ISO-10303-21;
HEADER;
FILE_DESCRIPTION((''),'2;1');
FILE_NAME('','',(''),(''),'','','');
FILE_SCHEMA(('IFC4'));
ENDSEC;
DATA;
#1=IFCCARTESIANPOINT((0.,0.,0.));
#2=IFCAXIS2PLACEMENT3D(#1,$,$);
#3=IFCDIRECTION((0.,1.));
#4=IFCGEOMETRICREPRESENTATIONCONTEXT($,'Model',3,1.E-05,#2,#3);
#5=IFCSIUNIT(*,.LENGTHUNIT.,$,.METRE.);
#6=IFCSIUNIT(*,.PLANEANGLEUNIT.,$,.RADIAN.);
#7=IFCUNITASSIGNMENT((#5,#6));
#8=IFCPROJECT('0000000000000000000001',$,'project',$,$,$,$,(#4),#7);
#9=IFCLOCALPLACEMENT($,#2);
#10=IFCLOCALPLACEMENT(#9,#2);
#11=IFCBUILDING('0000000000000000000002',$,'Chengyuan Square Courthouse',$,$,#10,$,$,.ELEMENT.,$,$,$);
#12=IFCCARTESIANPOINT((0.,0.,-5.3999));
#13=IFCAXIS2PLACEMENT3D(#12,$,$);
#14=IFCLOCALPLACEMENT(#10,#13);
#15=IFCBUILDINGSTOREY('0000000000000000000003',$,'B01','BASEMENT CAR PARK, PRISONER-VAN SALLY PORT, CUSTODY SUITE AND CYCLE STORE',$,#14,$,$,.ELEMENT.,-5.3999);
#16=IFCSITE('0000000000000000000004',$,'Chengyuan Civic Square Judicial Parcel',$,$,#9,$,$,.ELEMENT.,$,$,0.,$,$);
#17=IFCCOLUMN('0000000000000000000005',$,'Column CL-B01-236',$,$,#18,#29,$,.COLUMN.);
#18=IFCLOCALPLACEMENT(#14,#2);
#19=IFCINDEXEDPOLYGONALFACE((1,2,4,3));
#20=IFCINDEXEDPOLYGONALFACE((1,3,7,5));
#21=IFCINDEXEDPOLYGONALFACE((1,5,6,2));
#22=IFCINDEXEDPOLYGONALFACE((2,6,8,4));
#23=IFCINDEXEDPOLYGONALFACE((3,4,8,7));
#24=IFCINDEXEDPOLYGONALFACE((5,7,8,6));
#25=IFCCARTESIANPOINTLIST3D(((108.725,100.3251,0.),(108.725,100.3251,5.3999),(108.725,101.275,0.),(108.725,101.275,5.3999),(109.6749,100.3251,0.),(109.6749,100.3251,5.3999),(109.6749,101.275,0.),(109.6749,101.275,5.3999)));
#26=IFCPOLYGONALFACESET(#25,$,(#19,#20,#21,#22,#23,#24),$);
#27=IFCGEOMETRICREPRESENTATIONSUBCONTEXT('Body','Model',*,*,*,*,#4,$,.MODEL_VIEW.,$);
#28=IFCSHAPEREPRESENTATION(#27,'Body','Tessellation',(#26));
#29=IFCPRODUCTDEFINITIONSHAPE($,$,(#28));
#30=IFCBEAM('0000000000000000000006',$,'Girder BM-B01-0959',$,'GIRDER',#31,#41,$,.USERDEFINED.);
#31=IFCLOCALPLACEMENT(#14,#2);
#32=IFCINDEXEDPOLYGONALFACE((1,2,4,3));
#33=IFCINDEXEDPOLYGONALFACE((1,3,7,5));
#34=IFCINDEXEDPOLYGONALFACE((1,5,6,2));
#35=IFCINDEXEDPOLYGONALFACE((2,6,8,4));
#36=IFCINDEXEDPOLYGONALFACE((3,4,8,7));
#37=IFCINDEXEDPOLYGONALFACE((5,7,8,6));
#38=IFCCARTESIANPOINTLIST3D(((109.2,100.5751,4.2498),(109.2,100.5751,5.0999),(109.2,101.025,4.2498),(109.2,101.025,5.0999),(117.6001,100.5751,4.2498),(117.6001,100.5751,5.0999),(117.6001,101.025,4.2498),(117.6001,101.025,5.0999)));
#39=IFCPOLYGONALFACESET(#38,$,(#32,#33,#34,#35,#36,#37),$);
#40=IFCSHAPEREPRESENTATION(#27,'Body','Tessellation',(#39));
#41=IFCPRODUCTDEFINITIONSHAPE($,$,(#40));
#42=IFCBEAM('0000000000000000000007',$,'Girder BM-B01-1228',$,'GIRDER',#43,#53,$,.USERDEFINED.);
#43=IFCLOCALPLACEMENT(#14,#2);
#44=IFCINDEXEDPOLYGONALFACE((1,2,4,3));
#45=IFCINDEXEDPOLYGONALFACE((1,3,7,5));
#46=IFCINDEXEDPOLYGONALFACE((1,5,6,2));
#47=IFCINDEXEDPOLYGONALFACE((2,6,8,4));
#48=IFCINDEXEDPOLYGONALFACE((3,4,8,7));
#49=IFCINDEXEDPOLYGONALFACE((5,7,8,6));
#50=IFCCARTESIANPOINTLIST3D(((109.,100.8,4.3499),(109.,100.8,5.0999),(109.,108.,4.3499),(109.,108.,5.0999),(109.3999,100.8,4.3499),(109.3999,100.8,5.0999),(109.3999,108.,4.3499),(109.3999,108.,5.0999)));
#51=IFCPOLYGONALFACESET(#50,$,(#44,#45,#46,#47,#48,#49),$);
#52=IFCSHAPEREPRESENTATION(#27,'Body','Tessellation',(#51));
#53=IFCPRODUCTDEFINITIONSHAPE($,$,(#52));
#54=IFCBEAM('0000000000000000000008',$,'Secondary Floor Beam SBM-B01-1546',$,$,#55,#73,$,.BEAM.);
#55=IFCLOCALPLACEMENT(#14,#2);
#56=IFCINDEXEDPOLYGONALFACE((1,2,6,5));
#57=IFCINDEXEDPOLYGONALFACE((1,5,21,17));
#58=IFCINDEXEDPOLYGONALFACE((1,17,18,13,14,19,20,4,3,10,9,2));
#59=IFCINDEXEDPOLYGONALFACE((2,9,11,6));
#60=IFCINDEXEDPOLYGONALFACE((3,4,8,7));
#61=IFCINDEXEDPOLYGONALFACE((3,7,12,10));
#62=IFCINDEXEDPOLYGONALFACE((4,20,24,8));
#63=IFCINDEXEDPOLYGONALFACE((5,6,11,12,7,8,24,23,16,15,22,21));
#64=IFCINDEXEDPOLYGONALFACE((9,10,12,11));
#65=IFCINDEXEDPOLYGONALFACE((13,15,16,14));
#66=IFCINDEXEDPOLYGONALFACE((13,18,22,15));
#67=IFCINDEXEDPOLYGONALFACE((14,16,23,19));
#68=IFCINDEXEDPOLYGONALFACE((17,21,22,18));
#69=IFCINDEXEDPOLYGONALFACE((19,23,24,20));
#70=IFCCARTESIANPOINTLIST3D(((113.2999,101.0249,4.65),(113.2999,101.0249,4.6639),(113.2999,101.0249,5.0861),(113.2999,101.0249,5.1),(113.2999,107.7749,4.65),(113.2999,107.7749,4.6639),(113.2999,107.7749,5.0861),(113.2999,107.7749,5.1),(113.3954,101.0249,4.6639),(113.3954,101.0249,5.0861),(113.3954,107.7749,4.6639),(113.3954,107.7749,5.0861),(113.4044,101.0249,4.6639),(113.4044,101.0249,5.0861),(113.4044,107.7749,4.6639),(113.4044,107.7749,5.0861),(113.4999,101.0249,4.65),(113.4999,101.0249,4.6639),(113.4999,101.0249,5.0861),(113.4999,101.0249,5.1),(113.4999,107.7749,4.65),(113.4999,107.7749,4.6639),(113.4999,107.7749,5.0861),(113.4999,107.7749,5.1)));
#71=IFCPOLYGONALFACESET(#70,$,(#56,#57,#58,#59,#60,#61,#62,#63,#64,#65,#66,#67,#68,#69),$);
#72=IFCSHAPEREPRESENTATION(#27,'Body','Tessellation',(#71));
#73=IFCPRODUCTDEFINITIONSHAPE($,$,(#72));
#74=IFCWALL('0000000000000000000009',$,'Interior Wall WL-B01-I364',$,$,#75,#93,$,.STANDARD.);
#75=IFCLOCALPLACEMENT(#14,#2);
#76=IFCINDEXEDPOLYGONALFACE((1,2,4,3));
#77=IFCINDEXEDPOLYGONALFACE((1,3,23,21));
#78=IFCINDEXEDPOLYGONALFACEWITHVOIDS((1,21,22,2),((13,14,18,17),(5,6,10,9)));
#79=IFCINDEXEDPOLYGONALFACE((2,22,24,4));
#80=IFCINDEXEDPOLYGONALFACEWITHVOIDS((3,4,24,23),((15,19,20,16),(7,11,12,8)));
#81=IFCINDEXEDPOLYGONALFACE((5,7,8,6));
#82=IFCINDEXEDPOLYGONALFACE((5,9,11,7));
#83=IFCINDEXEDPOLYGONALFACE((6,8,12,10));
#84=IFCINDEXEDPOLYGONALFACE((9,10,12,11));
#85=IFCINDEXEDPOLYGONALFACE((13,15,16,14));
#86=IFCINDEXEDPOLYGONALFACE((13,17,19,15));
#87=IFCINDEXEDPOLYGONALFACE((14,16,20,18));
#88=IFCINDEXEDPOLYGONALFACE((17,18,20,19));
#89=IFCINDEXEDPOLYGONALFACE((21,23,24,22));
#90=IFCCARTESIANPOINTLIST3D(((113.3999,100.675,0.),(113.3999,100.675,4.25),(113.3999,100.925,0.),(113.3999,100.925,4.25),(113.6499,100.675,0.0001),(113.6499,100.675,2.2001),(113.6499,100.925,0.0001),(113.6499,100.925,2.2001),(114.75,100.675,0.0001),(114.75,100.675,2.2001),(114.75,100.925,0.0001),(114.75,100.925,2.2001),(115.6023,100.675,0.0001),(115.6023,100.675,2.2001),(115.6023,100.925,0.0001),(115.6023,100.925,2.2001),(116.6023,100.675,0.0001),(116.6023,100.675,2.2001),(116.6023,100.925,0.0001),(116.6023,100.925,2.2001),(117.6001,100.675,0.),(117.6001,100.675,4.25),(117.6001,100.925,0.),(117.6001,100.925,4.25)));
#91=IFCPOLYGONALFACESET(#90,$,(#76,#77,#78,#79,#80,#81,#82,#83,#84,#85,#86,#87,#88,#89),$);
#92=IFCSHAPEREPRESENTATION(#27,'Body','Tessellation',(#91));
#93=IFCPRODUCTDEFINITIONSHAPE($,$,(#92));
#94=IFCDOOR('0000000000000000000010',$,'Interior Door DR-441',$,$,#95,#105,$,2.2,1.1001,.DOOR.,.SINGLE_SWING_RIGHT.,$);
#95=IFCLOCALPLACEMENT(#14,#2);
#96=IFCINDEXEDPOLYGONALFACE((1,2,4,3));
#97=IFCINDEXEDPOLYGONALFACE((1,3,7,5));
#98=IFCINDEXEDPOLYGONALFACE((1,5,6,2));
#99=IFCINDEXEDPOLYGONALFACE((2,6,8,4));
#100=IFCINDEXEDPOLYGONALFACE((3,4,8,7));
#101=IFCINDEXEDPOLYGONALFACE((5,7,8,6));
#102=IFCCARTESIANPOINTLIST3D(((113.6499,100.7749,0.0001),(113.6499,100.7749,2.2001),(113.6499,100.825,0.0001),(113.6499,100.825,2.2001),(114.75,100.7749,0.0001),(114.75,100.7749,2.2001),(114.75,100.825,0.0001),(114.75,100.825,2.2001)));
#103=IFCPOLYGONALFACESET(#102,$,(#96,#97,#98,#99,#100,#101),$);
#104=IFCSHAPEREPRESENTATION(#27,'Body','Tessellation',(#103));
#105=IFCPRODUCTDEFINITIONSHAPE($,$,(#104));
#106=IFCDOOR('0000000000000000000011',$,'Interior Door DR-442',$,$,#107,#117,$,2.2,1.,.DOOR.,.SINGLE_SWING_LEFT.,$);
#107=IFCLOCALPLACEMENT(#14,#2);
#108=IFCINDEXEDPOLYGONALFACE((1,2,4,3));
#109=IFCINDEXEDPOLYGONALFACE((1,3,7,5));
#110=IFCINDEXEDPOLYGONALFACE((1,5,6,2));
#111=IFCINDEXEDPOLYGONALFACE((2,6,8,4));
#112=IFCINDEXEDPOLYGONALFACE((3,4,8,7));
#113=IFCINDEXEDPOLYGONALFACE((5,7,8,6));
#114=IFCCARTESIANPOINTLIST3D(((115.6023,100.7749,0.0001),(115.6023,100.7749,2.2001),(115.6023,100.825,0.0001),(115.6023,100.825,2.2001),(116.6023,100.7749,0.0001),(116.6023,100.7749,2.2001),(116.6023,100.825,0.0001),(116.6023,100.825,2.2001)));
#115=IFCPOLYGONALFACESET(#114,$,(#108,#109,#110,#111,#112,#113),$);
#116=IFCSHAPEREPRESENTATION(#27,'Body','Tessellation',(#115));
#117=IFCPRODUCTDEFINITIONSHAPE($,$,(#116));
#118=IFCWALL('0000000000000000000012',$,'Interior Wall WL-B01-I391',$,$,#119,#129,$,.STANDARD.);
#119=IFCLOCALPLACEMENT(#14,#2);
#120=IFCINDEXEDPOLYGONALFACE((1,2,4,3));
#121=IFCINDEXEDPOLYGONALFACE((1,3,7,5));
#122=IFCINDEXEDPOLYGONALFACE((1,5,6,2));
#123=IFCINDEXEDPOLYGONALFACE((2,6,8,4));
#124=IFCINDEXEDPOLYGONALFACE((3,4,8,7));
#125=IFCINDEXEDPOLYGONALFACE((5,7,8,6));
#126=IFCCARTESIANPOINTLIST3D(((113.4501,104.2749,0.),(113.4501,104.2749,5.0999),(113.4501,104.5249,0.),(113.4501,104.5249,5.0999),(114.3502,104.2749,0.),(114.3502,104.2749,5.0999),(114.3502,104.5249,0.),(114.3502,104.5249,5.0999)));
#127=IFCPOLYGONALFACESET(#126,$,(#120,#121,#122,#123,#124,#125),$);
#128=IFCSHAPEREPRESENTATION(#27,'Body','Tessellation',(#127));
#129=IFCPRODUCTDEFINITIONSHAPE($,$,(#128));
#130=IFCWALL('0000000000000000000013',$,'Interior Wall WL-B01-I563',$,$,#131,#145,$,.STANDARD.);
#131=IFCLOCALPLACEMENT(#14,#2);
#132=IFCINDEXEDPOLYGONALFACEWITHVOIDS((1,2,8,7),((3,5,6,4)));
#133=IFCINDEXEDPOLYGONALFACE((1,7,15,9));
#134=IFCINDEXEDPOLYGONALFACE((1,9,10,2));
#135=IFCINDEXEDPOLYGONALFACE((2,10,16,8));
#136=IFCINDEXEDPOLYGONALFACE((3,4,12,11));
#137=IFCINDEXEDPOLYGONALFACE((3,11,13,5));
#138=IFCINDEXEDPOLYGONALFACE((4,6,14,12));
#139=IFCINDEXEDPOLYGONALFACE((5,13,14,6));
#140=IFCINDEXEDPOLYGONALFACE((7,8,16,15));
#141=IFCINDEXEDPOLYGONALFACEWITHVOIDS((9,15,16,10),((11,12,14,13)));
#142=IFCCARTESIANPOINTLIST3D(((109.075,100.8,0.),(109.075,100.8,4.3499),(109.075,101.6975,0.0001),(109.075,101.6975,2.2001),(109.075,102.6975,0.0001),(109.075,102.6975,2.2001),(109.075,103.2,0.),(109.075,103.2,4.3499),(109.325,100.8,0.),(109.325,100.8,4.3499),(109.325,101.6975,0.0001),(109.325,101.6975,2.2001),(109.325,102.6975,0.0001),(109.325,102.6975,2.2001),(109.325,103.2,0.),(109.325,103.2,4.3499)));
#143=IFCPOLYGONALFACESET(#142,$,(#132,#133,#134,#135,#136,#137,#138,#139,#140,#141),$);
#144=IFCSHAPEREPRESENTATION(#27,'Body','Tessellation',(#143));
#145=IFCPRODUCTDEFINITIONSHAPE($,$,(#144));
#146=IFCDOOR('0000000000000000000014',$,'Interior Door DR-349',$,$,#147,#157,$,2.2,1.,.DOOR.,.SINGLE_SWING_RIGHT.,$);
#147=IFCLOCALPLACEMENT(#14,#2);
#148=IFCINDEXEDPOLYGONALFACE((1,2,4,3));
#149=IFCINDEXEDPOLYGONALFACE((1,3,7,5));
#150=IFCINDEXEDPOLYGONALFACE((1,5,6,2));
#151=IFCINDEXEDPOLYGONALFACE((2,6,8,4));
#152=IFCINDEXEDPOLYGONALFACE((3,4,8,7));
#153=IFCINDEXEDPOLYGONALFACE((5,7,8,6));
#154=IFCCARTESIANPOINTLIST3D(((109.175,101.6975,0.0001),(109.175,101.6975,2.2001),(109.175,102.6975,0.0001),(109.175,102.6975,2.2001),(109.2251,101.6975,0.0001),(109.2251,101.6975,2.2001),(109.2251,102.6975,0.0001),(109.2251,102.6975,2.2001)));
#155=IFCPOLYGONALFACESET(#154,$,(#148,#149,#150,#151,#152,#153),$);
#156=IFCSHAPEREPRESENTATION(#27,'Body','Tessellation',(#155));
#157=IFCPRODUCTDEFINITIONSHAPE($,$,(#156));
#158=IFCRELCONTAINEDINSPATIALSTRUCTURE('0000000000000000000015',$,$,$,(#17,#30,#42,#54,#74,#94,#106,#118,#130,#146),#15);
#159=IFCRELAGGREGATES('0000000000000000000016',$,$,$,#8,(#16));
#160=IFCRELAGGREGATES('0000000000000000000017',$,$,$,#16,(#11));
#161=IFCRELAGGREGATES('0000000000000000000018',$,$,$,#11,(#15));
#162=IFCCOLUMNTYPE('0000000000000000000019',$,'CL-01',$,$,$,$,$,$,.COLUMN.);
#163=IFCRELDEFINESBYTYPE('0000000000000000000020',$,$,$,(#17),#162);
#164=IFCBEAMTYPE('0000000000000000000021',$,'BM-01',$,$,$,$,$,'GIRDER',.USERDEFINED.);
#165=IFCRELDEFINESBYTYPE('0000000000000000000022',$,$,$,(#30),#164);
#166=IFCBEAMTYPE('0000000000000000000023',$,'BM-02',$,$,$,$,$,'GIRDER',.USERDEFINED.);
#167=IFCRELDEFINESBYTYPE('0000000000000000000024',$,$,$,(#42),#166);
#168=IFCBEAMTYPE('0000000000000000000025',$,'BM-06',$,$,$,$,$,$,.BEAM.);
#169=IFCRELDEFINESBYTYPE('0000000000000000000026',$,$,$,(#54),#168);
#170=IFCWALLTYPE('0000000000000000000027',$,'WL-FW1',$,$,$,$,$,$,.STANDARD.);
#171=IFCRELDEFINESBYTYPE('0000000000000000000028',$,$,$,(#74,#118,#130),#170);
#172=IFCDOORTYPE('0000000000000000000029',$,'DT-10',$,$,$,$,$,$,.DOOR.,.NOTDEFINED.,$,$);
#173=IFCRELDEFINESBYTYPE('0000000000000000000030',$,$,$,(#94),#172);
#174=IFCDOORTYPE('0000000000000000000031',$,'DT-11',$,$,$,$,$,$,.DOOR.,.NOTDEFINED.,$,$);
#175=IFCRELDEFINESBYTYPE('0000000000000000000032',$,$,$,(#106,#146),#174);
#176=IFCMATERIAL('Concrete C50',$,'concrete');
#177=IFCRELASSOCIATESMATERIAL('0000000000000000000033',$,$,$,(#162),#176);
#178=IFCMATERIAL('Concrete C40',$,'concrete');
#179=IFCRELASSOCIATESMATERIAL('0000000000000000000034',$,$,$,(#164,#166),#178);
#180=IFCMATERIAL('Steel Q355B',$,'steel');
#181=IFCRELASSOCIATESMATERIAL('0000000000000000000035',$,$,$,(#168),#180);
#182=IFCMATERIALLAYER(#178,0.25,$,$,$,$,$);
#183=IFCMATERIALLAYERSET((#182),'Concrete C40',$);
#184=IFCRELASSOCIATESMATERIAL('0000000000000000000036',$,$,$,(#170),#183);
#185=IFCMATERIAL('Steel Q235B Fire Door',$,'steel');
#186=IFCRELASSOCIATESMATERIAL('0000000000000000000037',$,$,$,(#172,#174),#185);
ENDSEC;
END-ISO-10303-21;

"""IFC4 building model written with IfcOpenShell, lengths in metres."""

from ifc_helpers import new_model, si_unit, direction, frame, frame_2d, origin, origin_2d, place, context, subcontext, project, spatial, rectangle, i_section, extrude, material, layer, layer_set, material_profile, profile_set, type_object, element, fill, save


model = new_model("IFC4")

# Units and contexts
model_context = context("Model", 3, precision=1e-05, world=origin(), true_north=direction((0.0, 1.0)))
body_context = subcontext(model_context, "Body", "Model", "MODEL_VIEW")
ifc_project = project(units=[si_unit("LENGTHUNIT", "METRE"), si_unit("PLANEANGLEUNIT", "RADIAN")], contexts=[model_context])

# Site, building, storey
site_placement = place(None, origin())
site = spatial("IfcSite", under=ifc_project, at=site_placement, Name="Chengyuan Civic Square Judicial Parcel", CompositionType="ELEMENT", RefElevation=0.0)
building_placement = place(site_placement, origin())
building = spatial("IfcBuilding", under=site, at=building_placement, Name="Chengyuan Square Courthouse", CompositionType="ELEMENT")
storey_placement = place(building_placement, frame((0.0, 0.0, -5.3999)))
storey = spatial("IfcBuildingStorey", under=building, at=storey_placement, Name="B01", Description="BASEMENT CAR PARK, PRISONER-VAN SALLY PORT, CUSTODY SUITE AND CYCLE STORE", CompositionType="ELEMENT", Elevation=-5.3999)

# Column
ifc_material_1 = material(Name="Concrete C50", Category="concrete")
ifc_material_profile_1 = material_profile(ifc_material_1, rectangle(XDim=0.95, YDim=0.95, at=origin_2d()), Name="RC-COL-950x950")
ifc_profile_set_1 = profile_set([ifc_material_profile_1], Name="Concrete C50")
column_type = type_object("IfcColumnType", Name="CL-01", PredefinedType="COLUMN", material=ifc_profile_set_1)
column_placement = place(storey_placement, frame((109.2, 100.8, 0.0), z_axis=(0.0, 0.0, 1.0), x_axis=(1.0, 0.0, 0.0)))
element("IfcColumn", 1, at=column_placement, inside=storey, type_object=column_type, Name="Column CL-B01-236", PredefinedType="COLUMN", context=body_context, shape_type="SweptSolid", body=[
    extrude(rectangle(XDim=0.95, YDim=0.95, at=origin_2d()), origin(), (0.0, 0.0, 1.0), 5.3999),
])

# Beams
ifc_material_2 = material(Name="Concrete C40", Category="concrete")
ifc_material_profile_2 = material_profile(ifc_material_2, rectangle(XDim=0.45, YDim=0.8501, at=origin_2d()), Name="RC-BM-450x850")
ifc_profile_set_2 = profile_set([ifc_material_profile_2], Name="Concrete C40")
beam_type_1 = type_object("IfcBeamType", Name="BM-01", ElementType="GIRDER", PredefinedType="USERDEFINED", material=ifc_profile_set_2)
beam_1_placement = place(storey_placement, frame((109.2, 100.8, 4.6748), z_axis=(1.0, 0.0, 0.0), x_axis=(0.0, 1.0, 0.0)))
element("IfcBeam", 2, at=beam_1_placement, inside=storey, type_object=beam_type_1, Name="Girder BM-B01-0959", ObjectType="GIRDER", PredefinedType="USERDEFINED", context=body_context, shape_type="SweptSolid", body=[
    extrude(rectangle(XDim=0.45, YDim=0.8501, at=origin_2d()), origin(), (0.0, 0.0, 1.0), 8.4001),
])
ifc_material_profile_3 = material_profile(ifc_material_2, rectangle(XDim=0.3999, YDim=0.75, at=origin_2d()), Name="RC-BM-400x750")
ifc_profile_set_3 = profile_set([ifc_material_profile_3], Name="Concrete C40")
beam_type_2 = type_object("IfcBeamType", Name="BM-02", ElementType="GIRDER", PredefinedType="USERDEFINED", material=ifc_profile_set_3)
beam_2_placement = place(storey_placement, frame((109.2, 100.8, 4.7249), z_axis=(0.0, 1.0, 0.0), x_axis=(-1.0, 0.0, 0.0)))
element("IfcBeam", 3, at=beam_2_placement, inside=storey, type_object=beam_type_2, Name="Girder BM-B01-1228", ObjectType="GIRDER", PredefinedType="USERDEFINED", context=body_context, shape_type="SweptSolid", body=[
    extrude(rectangle(XDim=0.3999, YDim=0.75, at=origin_2d()), origin(), (0.0, 0.0, 1.0), 7.2),
])
ifc_material_3 = material(Name="Steel Q355B", Category="steel")
ifc_material_profile_4 = material_profile(ifc_material_3, i_section(OverallWidth=0.2, OverallDepth=0.45, WebThickness=0.009, FlangeThickness=0.0139, at=origin_2d()), Name="HN 450x200x9x14")
ifc_profile_set_4 = profile_set([ifc_material_profile_4], Name="Steel Q355B")
beam_type_3 = type_object("IfcBeamType", Name="BM-06", PredefinedType="BEAM", material=ifc_profile_set_4)
beam_3_placement = place(storey_placement, frame((113.3999, 101.0249, 4.875), z_axis=(0.0, 1.0, 0.0), x_axis=(-1.0, 0.0, 0.0)))
element("IfcBeam", 4, at=beam_3_placement, inside=storey, type_object=beam_type_3, Name="Secondary Floor Beam SBM-B01-1546", PredefinedType="BEAM", context=body_context, shape_type="SweptSolid", body=[
    extrude(i_section(OverallWidth=0.2, OverallDepth=0.45, WebThickness=0.009, FlangeThickness=0.0139, at=origin_2d()), origin(), (0.0, 0.0, 1.0), 6.75),
])

# Wall, openings, doors
ifc_layer_1 = layer(ifc_material_2, 0.25)
ifc_layer_set_1 = layer_set([ifc_layer_1], Name="Concrete C40")
wall_type_1 = type_object("IfcWallType", Name="WL-FW1", PredefinedType="STANDARD", material=ifc_layer_set_1)
wall_1_placement = place(storey_placement, frame((113.3999, 100.8, 0.0), z_axis=(0.0, 0.0, 1.0), x_axis=(1.0, 0.0, 0.0)))
wall_1 = element("IfcWall", 5, at=wall_1_placement, inside=storey, type_object=wall_type_1, Name="Interior Wall WL-B01-I364", PredefinedType="STANDARD", context=body_context, shape_type="SweptSolid", body=[
    extrude(rectangle(XDim=4.2002, YDim=0.25, at=frame_2d((2.1001, 0.0))), origin(), (0.0, 0.0, 1.0), 4.25),
])
opening_1_placement = place(wall_1_placement, frame((0.25, 0.0, 0.0)))
opening_1 = element("IfcOpeningElement", 6, at=opening_1_placement, cuts=wall_1, PredefinedType="OPENING", context=body_context, shape_type="SweptSolid", body=[
    extrude(rectangle(XDim=1.1001, YDim=2.2, at=frame_2d((0.55, 1.1001))), frame((0.0, 0.137, 0.0), z_axis=(0.0, -1.0, 0.0), x_axis=(1.0, 0.0, 0.0)), (0.0, 0.0, 1.0), 0.2739),
])
opening_2_placement = place(wall_1_placement, frame((2.2024, 0.0, 0.0)))
opening_2 = element("IfcOpeningElement", 7, at=opening_2_placement, cuts=wall_1, PredefinedType="OPENING", context=body_context, shape_type="SweptSolid", body=[
    extrude(rectangle(XDim=1.0, YDim=2.2, at=frame_2d((0.5, 1.1001))), frame((0.0, 0.137, 0.0), z_axis=(0.0, -1.0, 0.0), x_axis=(1.0, 0.0, 0.0)), (0.0, 0.0, 1.0), 0.2739),
])
ifc_material_4 = material(Name="Steel Q235B Fire Door", Category="steel")
door_type_1 = type_object("IfcDoorType", Name="DT-10", OperationType="NOTDEFINED", PredefinedType="DOOR", material=ifc_material_4)
door_1_placement = place(opening_1_placement, origin())
door_1 = element("IfcDoor", 8, at=door_1_placement, inside=storey, type_object=door_type_1, Name="Interior Door DR-441", OperationType="SINGLE_SWING_RIGHT", OverallHeight=2.2, OverallWidth=1.1001, PredefinedType="DOOR", context=body_context, shape_type="SweptSolid", body=[
    extrude(rectangle(XDim=1.1001, YDim=2.2, at=frame_2d((0.55, 1.1001))), frame((0.0, 0.0249, 0.0), z_axis=(0.0, -1.0, 0.0), x_axis=(1.0, 0.0, 0.0)), (0.0, 0.0, 1.0), 0.05),
])
fill(opening_1, door_1)
door_type_2 = type_object("IfcDoorType", Name="DT-11", OperationType="NOTDEFINED", PredefinedType="DOOR", material=ifc_material_4)
door_2_placement = place(opening_2_placement, origin())
door_2 = element("IfcDoor", 9, at=door_2_placement, inside=storey, type_object=door_type_2, Name="Interior Door DR-442", OperationType="SINGLE_SWING_LEFT", OverallHeight=2.2, OverallWidth=1.0, PredefinedType="DOOR", context=body_context, shape_type="SweptSolid", body=[
    extrude(rectangle(XDim=1.0, YDim=2.2, at=frame_2d((0.5, 1.1001))), frame((0.0, 0.0249, 0.0), z_axis=(0.0, -1.0, 0.0), x_axis=(1.0, 0.0, 0.0)), (0.0, 0.0, 1.0), 0.05),
])
fill(opening_2, door_2)

# Wall
wall_2_placement = place(storey_placement, frame((113.45, 104.3999, 0.0), z_axis=(0.0, 0.0, 1.0), x_axis=(1.0, 0.0, 0.0)))
element("IfcWall", 10, at=wall_2_placement, inside=storey, type_object=wall_type_1, Name="Interior Wall WL-B01-I391", PredefinedType="STANDARD", context=body_context, shape_type="SweptSolid", body=[
    extrude(rectangle(XDim=0.9001, YDim=0.25, at=frame_2d((0.4502, 0.0))), origin(), (0.0, 0.0, 1.0), 5.0999),
])

# Wall, opening, door
wall_3_placement = place(storey_placement, frame((109.2, 100.8, 0.0), z_axis=(0.0, 0.0, 1.0), x_axis=(0.0, 1.0, 0.0)))
wall_3 = element("IfcWall", 11, at=wall_3_placement, inside=storey, type_object=wall_type_1, Name="Interior Wall WL-B01-I563", PredefinedType="STANDARD", context=body_context, shape_type="SweptSolid", body=[
    extrude(rectangle(XDim=2.3999, YDim=0.25, at=frame_2d((1.2, 0.0))), origin(), (0.0, 0.0, 1.0), 4.3499),
])
opening_3_placement = place(wall_3_placement, frame((0.8975, 0.0, 0.0)))
opening_3 = element("IfcOpeningElement", 12, at=opening_3_placement, cuts=wall_3, PredefinedType="OPENING", context=body_context, shape_type="SweptSolid", body=[
    extrude(rectangle(XDim=1.0, YDim=2.2, at=frame_2d((0.5, 1.1001))), frame((0.0, 0.137, 0.0), z_axis=(0.0, -1.0, 0.0), x_axis=(1.0, 0.0, 0.0)), (0.0, 0.0, 1.0), 0.2739),
])
door_3_placement = place(opening_3_placement, origin())
door_3 = element("IfcDoor", 13, at=door_3_placement, inside=storey, type_object=door_type_2, Name="Interior Door DR-349", OperationType="SINGLE_SWING_RIGHT", OverallHeight=2.2, OverallWidth=1.0, PredefinedType="DOOR", context=body_context, shape_type="SweptSolid", body=[
    extrude(rectangle(XDim=1.0, YDim=2.2, at=frame_2d((0.5, 1.1001))), frame((0.0, 0.0249, 0.0), z_axis=(0.0, -1.0, 0.0), x_axis=(1.0, 0.0, 0.0)), (0.0, 0.0, 1.0), 0.05),
])
fill(opening_3, door_3)

save(model, "model.ifc")
